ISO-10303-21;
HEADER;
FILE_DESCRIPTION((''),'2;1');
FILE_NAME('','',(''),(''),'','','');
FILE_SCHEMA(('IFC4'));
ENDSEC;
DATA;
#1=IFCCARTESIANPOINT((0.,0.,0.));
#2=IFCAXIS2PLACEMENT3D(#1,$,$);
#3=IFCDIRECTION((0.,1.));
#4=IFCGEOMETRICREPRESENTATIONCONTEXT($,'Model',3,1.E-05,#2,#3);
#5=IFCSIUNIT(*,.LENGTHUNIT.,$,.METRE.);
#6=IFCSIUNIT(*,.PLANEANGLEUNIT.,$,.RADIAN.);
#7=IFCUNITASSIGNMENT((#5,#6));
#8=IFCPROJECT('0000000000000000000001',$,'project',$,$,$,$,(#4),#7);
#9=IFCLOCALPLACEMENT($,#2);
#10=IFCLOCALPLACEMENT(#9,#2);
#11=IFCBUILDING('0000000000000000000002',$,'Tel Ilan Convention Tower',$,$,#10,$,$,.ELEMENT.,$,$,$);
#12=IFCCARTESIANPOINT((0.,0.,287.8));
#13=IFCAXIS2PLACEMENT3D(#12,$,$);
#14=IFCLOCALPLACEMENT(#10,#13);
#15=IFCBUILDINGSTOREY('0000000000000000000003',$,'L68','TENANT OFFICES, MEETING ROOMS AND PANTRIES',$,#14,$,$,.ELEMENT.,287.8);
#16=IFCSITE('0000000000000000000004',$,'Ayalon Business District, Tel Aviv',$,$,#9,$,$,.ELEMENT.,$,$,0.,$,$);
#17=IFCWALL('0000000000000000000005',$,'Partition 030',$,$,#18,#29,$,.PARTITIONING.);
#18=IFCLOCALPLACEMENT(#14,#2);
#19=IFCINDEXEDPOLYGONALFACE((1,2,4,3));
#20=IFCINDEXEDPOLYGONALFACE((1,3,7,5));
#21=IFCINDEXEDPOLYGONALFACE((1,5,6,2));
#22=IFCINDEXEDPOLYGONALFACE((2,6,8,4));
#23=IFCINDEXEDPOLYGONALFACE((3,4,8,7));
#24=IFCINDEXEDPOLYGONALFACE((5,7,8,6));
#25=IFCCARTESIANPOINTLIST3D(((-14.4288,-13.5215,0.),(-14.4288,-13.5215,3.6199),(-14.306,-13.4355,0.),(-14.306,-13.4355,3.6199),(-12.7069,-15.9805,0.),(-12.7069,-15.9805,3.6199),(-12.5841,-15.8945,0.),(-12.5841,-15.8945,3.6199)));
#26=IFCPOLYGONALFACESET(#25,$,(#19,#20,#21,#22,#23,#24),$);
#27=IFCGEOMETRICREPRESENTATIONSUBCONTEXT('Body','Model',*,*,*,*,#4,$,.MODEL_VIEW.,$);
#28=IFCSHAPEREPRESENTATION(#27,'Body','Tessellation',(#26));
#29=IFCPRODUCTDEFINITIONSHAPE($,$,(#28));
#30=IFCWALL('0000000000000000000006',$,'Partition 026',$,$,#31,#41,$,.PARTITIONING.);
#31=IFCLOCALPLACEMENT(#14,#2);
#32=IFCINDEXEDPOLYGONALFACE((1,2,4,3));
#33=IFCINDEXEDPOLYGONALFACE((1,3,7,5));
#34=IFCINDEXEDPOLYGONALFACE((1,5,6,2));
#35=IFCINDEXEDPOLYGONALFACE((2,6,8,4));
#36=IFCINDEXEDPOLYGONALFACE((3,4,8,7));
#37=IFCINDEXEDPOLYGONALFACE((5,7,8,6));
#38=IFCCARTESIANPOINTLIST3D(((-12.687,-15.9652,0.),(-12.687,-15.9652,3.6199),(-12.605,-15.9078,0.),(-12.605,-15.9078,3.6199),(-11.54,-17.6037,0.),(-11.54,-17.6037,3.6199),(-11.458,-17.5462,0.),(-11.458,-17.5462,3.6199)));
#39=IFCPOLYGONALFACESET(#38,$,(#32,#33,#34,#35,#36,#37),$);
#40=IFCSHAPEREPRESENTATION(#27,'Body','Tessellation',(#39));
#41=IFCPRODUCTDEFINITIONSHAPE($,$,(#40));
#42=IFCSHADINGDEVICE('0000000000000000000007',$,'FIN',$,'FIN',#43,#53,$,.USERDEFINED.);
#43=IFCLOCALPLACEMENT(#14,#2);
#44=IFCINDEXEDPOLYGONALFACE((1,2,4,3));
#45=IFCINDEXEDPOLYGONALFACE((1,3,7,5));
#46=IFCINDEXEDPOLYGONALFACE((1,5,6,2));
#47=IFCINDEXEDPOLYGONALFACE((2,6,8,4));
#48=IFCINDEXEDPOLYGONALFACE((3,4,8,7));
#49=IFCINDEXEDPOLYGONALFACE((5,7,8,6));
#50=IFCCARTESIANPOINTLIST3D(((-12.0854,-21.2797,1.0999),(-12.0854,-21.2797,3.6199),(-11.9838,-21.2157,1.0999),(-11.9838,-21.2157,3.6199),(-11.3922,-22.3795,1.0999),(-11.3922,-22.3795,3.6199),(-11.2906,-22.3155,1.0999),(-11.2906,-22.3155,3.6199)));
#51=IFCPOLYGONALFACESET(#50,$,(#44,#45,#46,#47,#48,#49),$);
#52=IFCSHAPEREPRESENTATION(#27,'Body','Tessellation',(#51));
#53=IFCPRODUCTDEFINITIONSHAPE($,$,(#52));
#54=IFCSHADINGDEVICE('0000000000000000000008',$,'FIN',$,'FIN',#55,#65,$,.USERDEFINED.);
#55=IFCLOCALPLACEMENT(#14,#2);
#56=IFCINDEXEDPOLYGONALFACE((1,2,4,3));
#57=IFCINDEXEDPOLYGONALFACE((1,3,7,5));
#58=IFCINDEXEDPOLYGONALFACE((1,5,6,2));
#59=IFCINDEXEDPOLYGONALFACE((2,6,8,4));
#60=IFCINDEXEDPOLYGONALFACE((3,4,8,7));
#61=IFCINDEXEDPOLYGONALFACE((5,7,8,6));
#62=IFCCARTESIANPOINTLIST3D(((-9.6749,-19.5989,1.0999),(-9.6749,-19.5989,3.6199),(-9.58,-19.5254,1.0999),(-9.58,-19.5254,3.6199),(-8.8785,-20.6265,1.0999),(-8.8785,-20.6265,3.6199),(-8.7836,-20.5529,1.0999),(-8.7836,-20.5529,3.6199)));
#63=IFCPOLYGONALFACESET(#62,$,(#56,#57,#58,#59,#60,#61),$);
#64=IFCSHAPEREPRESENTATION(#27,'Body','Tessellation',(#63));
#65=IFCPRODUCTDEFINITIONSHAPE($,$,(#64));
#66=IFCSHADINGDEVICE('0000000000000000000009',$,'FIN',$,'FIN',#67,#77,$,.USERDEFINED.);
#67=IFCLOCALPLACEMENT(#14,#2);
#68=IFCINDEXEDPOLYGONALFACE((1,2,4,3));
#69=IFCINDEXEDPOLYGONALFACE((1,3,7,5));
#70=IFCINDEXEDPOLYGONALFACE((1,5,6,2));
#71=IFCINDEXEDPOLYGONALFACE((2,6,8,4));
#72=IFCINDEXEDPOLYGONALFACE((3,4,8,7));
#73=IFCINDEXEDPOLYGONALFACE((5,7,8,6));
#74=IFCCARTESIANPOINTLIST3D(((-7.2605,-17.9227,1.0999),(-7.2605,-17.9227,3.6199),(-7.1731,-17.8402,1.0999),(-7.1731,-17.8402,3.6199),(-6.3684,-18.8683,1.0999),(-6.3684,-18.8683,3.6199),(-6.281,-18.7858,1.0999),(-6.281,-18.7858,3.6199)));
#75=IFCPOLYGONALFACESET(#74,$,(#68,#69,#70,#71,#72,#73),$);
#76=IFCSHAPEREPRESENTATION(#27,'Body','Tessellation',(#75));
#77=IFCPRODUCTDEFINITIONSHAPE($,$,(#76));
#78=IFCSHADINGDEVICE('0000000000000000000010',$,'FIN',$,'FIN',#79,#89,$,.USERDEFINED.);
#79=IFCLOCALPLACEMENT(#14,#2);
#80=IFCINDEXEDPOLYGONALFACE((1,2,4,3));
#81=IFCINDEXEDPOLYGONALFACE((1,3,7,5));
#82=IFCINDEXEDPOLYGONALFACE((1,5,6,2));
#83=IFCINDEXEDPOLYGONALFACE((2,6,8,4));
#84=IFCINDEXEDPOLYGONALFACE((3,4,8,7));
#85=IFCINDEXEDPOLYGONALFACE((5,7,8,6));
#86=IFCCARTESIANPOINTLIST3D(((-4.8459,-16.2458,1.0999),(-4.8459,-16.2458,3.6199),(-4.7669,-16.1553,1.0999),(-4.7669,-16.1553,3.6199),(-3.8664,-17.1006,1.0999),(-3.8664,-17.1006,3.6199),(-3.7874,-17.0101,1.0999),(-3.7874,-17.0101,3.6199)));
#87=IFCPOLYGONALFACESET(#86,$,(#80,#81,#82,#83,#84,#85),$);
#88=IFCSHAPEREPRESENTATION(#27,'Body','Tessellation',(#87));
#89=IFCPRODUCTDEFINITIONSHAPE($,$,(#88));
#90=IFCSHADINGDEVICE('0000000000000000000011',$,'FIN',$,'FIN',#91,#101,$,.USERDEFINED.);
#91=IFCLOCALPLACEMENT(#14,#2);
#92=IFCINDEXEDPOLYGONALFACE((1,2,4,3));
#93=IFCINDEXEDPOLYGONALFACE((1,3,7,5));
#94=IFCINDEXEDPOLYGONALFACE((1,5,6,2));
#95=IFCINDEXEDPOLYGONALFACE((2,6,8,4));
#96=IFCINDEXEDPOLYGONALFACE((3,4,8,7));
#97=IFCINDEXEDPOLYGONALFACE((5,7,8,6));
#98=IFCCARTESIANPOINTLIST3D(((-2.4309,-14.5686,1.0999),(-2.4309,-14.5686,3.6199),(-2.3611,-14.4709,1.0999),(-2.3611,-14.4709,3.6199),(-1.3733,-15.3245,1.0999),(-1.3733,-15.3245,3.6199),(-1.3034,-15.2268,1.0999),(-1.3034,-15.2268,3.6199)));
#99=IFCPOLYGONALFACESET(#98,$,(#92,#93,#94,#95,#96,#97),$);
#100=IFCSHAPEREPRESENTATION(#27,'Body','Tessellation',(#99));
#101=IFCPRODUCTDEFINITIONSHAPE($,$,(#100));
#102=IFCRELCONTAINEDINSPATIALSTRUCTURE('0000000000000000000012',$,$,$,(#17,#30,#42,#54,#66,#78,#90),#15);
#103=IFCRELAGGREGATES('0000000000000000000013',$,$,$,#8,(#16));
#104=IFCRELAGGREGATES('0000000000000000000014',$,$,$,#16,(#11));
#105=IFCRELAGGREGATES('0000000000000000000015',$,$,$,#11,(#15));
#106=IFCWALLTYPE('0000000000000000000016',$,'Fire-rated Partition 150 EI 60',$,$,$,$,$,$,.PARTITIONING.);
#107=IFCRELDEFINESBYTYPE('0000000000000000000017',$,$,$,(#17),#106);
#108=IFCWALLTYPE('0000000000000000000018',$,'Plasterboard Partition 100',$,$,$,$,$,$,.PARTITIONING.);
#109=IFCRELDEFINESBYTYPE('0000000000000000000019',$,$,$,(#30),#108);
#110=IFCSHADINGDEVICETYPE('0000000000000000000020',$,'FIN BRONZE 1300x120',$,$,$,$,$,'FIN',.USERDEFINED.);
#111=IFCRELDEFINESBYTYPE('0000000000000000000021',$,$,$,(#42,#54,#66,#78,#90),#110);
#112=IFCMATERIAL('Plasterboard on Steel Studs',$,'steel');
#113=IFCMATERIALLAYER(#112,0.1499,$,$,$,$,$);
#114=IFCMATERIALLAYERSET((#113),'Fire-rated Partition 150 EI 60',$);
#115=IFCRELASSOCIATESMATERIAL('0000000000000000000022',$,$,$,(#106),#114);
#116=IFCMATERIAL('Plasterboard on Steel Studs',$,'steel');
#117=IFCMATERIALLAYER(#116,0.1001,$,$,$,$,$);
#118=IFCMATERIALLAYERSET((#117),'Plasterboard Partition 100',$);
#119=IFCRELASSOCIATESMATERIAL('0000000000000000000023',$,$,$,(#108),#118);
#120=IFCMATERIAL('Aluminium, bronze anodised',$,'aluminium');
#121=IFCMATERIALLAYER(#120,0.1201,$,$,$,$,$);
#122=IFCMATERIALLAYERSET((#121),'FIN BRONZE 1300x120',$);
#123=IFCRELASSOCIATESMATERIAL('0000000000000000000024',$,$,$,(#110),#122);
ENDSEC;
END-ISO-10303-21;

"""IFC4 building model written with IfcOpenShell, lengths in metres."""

from ifc_helpers import new_model, si_unit, direction, frame, frame_2d, origin, origin_2d, place, context, subcontext, project, spatial, rectangle, extrude, material, layer, layer_set, type_object, element, save


model = new_model("IFC4")

# Units and contexts
model_context = context("Model", 3, precision=1e-05, world=origin(), true_north=direction((0.0, 1.0)))
body_context = subcontext(model_context, "Body", "Model", "MODEL_VIEW")
ifc_project = project(units=[si_unit("LENGTHUNIT", "METRE"), si_unit("PLANEANGLEUNIT", "RADIAN")], contexts=[model_context])

# Site, building, storey
site_placement = place(None, origin())
site = spatial("IfcSite", under=ifc_project, at=site_placement, Name="Ayalon Business District, Tel Aviv", CompositionType="ELEMENT", RefElevation=0.0)
building_placement = place(site_placement, origin())
building = spatial("IfcBuilding", under=site, at=building_placement, Name="Tel Ilan Convention Tower", CompositionType="ELEMENT")
storey_placement = place(building_placement, frame((0.0, 0.0, 287.8)))
storey = spatial("IfcBuildingStorey", under=building, at=storey_placement, Name="L68", Description="TENANT OFFICES, MEETING ROOMS AND PANTRIES", CompositionType="ELEMENT", Elevation=287.8)

# Walls
ifc_material_1 = material(Name="Plasterboard on Steel Studs", Category="steel")
ifc_layer_1 = layer(ifc_material_1, 0.1499)
ifc_layer_set_1 = layer_set([ifc_layer_1], Name="Fire-rated Partition 150 EI 60")
wall_type_1 = type_object("IfcWallType", Name="Fire-rated Partition 150 EI 60", PredefinedType="PARTITIONING", material=ifc_layer_set_1)
wall_1_placement = place(storey_placement, frame((-12.6455, -15.9375, 0.0), z_axis=(0.0, 0.0, 1.0), x_axis=(-0.573604, 0.819133, 0.0)))
element("IfcWall", 1, at=wall_1_placement, inside=storey, type_object=wall_type_1, Name="Partition 030", PredefinedType="PARTITIONING", context=body_context, shape_type="SweptSolid", body=[
    extrude(rectangle(XDim=3.002, YDim=0.1499, at=frame_2d((1.501, 0.0))), origin(), (0.0, 0.0, 1.0), 3.6199),
])
ifc_material_2 = material(Name="Plasterboard on Steel Studs", Category="steel")
ifc_layer_2 = layer(ifc_material_2, 0.1001)
ifc_layer_set_2 = layer_set([ifc_layer_2], Name="Plasterboard Partition 100")
wall_type_2 = type_object("IfcWallType", Name="Plasterboard Partition 100", PredefinedType="PARTITIONING", material=ifc_layer_set_2)
wall_2_placement = place(storey_placement, frame((-11.499, -17.575, 0.0), z_axis=(0.0, 0.0, 1.0), x_axis=(-0.573487, 0.819215, 0.0)))
element("IfcWall", 2, at=wall_2_placement, inside=storey, type_object=wall_type_2, Name="Partition 026", PredefinedType="PARTITIONING", context=body_context, shape_type="SweptSolid", body=[
    extrude(rectangle(XDim=2.0, YDim=0.1001, at=frame_2d((1.0, 0.0))), origin(), (0.0, 0.0, 1.0), 3.6199),
])

# Shading devices
ifc_material_3 = material(Name="Aluminium, bronze anodised", Category="aluminium")
ifc_layer_3 = layer(ifc_material_3, 0.1201)
ifc_layer_set_3 = layer_set([ifc_layer_3], Name="FIN BRONZE 1300x120")
shading_device_type = type_object("IfcShadingDeviceType", Name="FIN BRONZE 1300x120", ElementType="FIN", PredefinedType="USERDEFINED", material=ifc_layer_set_3)
for number, where, z_axis, x_axis, name in (
    (3, (-11.688, -21.7976, 1.0999), (0.0, 0.0, 1.0), (0.533204, -0.845986, 0.0), "FIN"),
    (4, (-9.2292, -20.0759, 1.0999), (0.0, 0.0, 1.0), (0.612601, -0.790393, 0.0), "FIN"),
    (5, (-6.7708, -18.3542, 1.0999), (0.0, 0.0, 1.0), (0.686242, -0.727374, 0.0), "FIN"),
    (6, (-4.3167, -16.6279, 1.0999), (0.0, 0.0, 1.0), (0.753436, -0.657521, 0.0), "FIN"),
    (7, (-1.8672, -14.8977, 1.0999), (0.0, 0.0, 1.0), (0.813552, -0.581492, 0.0), "FIN"),
):
    element("IfcShadingDevice", number, at=place(storey_placement, frame(where, z_axis=z_axis, x_axis=x_axis)), inside=storey, type_object=shading_device_type, Name=name, ObjectType="FIN", PredefinedType="USERDEFINED", context=body_context, shape_type="SweptSolid", body=[
        extrude(rectangle(XDim=1.3, YDim=0.1201, at=origin_2d()), origin(), (0.0, 0.0, 1.0), 2.52),
    ])

save(model, "model.ifc")
